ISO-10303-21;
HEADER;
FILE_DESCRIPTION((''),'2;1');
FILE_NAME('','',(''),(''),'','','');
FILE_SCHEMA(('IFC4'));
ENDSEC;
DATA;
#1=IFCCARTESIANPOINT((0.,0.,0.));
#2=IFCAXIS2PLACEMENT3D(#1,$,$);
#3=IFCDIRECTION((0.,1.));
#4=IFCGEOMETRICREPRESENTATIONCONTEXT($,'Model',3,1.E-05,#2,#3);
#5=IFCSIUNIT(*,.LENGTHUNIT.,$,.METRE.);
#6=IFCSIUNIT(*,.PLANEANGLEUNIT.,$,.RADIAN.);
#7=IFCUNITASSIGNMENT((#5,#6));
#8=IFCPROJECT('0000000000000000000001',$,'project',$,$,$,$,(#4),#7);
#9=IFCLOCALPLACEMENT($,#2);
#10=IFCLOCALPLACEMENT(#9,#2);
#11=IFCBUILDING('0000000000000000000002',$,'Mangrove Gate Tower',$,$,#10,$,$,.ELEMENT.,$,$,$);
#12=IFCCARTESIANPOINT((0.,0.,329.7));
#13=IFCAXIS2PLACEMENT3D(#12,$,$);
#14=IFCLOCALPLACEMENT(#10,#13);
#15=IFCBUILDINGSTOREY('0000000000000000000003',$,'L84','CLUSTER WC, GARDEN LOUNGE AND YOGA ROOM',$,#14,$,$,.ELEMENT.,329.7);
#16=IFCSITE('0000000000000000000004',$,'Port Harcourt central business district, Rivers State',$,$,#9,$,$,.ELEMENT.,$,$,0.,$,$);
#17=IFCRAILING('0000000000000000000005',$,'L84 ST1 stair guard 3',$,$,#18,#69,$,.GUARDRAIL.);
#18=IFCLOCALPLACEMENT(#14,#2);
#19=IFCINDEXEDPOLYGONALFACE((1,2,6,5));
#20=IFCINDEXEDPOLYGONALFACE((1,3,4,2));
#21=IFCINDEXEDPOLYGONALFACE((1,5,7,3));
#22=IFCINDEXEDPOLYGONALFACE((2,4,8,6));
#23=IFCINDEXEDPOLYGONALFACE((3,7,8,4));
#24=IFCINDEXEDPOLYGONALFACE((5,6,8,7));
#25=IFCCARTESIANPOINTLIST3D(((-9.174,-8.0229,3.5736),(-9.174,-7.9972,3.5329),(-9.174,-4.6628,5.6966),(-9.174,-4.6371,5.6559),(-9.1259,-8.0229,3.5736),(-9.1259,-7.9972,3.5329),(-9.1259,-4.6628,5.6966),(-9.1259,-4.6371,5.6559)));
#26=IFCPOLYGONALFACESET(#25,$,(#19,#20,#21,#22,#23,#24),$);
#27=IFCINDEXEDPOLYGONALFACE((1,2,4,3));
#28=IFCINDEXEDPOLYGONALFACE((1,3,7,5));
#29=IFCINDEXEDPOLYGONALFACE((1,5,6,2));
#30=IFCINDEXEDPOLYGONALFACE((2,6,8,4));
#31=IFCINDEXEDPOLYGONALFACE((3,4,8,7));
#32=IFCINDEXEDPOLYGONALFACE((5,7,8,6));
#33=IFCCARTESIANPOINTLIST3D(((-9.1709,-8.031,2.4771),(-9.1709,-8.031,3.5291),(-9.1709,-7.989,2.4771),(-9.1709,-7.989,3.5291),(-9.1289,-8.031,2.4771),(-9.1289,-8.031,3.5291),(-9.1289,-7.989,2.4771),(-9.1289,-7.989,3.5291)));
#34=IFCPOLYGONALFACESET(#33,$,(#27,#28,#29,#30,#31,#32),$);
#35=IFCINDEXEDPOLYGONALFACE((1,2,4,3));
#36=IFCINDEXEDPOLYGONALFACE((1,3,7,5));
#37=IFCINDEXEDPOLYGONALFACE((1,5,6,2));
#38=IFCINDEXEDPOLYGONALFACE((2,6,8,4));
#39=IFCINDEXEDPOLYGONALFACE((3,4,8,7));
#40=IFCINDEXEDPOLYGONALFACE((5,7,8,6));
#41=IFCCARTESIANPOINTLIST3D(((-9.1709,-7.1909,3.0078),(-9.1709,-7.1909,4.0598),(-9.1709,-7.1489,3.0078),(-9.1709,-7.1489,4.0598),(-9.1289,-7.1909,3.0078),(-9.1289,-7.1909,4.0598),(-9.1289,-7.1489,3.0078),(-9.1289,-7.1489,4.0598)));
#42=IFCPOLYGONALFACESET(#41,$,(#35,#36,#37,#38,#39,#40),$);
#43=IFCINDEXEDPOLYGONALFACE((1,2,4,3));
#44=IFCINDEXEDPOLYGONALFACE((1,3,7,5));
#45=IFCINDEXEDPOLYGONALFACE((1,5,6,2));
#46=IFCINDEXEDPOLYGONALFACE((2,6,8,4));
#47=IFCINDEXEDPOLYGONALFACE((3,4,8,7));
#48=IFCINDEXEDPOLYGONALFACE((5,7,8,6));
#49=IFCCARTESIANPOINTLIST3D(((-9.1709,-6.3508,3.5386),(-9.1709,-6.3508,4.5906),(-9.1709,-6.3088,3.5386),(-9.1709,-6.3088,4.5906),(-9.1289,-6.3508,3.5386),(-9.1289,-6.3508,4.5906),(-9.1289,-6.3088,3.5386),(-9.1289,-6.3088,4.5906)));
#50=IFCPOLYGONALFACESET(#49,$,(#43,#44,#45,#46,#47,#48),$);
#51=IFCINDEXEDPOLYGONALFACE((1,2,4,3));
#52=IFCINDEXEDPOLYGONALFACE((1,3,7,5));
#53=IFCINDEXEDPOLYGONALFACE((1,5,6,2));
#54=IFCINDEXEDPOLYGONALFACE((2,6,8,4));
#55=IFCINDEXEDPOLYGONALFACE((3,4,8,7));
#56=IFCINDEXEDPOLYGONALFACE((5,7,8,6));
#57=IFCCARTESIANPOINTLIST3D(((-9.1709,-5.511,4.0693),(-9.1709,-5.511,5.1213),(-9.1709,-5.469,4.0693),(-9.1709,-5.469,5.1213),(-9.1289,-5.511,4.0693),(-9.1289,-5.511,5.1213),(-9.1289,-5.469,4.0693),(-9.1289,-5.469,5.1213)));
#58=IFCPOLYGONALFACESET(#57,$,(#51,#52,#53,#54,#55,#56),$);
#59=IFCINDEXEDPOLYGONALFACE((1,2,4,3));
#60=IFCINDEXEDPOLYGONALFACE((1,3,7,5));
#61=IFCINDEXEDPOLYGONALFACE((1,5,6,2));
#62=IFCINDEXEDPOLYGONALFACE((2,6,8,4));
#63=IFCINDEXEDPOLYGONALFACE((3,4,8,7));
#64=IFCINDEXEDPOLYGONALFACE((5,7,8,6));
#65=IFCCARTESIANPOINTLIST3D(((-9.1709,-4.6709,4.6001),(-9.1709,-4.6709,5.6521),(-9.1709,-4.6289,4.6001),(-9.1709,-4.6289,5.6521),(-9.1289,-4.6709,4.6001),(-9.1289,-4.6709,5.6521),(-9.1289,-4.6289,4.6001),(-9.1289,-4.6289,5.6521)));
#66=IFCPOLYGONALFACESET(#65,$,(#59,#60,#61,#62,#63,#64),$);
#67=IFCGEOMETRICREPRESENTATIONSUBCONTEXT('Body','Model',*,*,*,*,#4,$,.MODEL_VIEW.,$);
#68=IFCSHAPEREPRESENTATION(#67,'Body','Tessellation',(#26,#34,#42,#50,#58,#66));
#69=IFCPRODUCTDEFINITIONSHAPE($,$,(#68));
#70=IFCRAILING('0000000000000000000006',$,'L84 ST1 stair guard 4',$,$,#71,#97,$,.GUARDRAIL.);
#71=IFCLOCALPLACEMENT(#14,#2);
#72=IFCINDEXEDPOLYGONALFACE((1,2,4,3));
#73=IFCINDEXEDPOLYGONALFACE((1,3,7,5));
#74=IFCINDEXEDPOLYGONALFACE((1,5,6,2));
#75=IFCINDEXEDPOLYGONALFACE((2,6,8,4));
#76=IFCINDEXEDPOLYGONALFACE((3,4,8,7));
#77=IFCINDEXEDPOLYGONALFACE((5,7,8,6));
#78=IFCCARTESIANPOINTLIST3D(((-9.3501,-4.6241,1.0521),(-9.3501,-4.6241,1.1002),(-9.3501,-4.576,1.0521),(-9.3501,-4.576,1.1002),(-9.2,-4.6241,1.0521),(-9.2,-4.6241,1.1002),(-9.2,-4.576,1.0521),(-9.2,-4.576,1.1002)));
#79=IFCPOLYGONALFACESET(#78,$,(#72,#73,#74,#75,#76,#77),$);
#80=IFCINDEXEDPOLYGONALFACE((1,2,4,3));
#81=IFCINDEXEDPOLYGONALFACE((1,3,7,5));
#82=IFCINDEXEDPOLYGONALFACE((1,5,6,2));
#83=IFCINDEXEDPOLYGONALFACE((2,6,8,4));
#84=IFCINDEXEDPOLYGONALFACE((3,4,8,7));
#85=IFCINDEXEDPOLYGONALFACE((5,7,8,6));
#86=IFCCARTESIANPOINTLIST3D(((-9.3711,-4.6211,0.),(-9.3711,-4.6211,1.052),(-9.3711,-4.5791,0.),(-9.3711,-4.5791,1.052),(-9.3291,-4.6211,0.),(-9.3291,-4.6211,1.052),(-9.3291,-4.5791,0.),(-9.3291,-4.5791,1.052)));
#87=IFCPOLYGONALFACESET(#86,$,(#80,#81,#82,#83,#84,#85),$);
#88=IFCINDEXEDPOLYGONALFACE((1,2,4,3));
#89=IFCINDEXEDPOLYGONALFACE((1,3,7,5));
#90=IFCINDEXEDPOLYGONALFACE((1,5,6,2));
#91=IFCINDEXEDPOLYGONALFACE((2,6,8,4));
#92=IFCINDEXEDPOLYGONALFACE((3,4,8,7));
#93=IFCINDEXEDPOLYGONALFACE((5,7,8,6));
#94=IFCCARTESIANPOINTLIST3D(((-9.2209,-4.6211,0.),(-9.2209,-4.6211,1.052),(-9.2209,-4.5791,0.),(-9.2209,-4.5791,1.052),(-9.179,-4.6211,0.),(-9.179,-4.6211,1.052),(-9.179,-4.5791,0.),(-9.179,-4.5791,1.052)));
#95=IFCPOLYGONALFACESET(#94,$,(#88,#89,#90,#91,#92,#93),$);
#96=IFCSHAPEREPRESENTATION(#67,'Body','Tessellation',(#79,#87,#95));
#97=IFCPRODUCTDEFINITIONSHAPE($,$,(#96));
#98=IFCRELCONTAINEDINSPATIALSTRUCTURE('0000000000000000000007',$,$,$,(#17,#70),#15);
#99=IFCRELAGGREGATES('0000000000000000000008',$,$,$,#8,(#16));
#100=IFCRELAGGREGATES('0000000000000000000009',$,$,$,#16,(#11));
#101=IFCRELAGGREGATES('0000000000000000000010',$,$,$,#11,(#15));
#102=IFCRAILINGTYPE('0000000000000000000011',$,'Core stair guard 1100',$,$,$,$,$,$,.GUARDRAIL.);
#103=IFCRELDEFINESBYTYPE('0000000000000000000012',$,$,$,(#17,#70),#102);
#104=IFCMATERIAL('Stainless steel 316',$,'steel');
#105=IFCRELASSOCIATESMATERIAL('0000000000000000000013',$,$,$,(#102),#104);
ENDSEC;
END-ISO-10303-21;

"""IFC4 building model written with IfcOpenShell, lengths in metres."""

from ifc_helpers import new_model, si_unit, direction, frame, origin, origin_2d, place, context, subcontext, project, spatial, rectangle, extrude, material, type_object, element, save


model = new_model("IFC4")

# Units and contexts
model_context = context("Model", 3, precision=1e-05, world=origin(), true_north=direction((0.0, 1.0)))
body_context = subcontext(model_context, "Body", "Model", "MODEL_VIEW")
ifc_project = project(units=[si_unit("LENGTHUNIT", "METRE"), si_unit("PLANEANGLEUNIT", "RADIAN")], contexts=[model_context])

# Site, building, storey
site_placement = place(None, origin())
site = spatial("IfcSite", under=ifc_project, at=site_placement, Name="Port Harcourt central business district, Rivers State", CompositionType="ELEMENT", RefElevation=0.0)
building_placement = place(site_placement, origin())
building = spatial("IfcBuilding", under=site, at=building_placement, Name="Mangrove Gate Tower", CompositionType="ELEMENT")
storey_placement = place(building_placement, frame((0.0, 0.0, 329.7)))
storey = spatial("IfcBuildingStorey", under=building, at=storey_placement, Name="L84", Description="CLUSTER WC, GARDEN LOUNGE AND YOGA ROOM", CompositionType="ELEMENT", Elevation=329.7)

# Railings
ifc_material_1 = material(Name="Stainless steel 316", Category="steel")
railing_type_1 = type_object("IfcRailingType", Name="Core stair guard 1100", PredefinedType="GUARDRAIL", material=ifc_material_1)
railing_1_placement = place(storey_placement, frame((-9.1499, -8.01, 2.4771)))
element("IfcRailing", 1, at=railing_1_placement, inside=storey, type_object=railing_type_1, Name="L84 ST1 stair guard 3", PredefinedType="GUARDRAIL", context=body_context, shape_type="SweptSolid", body=[
    extrude(rectangle(XDim=0.0481, YDim=0.0481, at=origin_2d()), frame((0.0, 0.0, 1.0762), z_axis=(0.0, 0.84539, 0.53415), x_axis=(-1.0, 0.0, 0.0)), (0.0, 0.0, 1.0), 3.9746),
    extrude(rectangle(XDim=0.042, YDim=0.042, at=origin_2d()), origin(), (0.0, 0.0, 1.0), 1.052),
    extrude(rectangle(XDim=0.042, YDim=0.042, at=origin_2d()), frame((0.0, 0.8401, 0.5308)), (0.0, 0.0, 1.0), 1.052),
    extrude(rectangle(XDim=0.042, YDim=0.042, at=origin_2d()), frame((0.0, 1.6802, 1.0615)), (0.0, 0.0, 1.0), 1.052),
    extrude(rectangle(XDim=0.042, YDim=0.042, at=origin_2d()), frame((0.0, 2.52, 1.5923)), (0.0, 0.0, 1.0), 1.052),
    extrude(rectangle(XDim=0.042, YDim=0.042, at=origin_2d()), frame((0.0, 3.3601, 2.123)), (0.0, 0.0, 1.0), 1.052),
])
railing_2_placement = place(storey_placement, frame((-9.3501, -4.6001, 0.0)))
element("IfcRailing", 2, at=railing_2_placement, inside=storey, type_object=railing_type_1, Name="L84 ST1 stair guard 4", PredefinedType="GUARDRAIL", context=body_context, shape_type="SweptSolid", body=[
    extrude(rectangle(XDim=0.0481, YDim=0.0481, at=origin_2d()), frame((0.0, 0.0, 1.0762), z_axis=(1.0, 0.0, 0.0), x_axis=(0.0, 1.0, 0.0)), (0.0, 0.0, 1.0), 0.1501),
    extrude(rectangle(XDim=0.042, YDim=0.042, at=origin_2d()), origin(), (0.0, 0.0, 1.0), 1.052),
    extrude(rectangle(XDim=0.042, YDim=0.042, at=origin_2d()), frame((0.1501, 0.0, 0.0)), (0.0, 0.0, 1.0), 1.052),
])

save(model, "model.ifc")
